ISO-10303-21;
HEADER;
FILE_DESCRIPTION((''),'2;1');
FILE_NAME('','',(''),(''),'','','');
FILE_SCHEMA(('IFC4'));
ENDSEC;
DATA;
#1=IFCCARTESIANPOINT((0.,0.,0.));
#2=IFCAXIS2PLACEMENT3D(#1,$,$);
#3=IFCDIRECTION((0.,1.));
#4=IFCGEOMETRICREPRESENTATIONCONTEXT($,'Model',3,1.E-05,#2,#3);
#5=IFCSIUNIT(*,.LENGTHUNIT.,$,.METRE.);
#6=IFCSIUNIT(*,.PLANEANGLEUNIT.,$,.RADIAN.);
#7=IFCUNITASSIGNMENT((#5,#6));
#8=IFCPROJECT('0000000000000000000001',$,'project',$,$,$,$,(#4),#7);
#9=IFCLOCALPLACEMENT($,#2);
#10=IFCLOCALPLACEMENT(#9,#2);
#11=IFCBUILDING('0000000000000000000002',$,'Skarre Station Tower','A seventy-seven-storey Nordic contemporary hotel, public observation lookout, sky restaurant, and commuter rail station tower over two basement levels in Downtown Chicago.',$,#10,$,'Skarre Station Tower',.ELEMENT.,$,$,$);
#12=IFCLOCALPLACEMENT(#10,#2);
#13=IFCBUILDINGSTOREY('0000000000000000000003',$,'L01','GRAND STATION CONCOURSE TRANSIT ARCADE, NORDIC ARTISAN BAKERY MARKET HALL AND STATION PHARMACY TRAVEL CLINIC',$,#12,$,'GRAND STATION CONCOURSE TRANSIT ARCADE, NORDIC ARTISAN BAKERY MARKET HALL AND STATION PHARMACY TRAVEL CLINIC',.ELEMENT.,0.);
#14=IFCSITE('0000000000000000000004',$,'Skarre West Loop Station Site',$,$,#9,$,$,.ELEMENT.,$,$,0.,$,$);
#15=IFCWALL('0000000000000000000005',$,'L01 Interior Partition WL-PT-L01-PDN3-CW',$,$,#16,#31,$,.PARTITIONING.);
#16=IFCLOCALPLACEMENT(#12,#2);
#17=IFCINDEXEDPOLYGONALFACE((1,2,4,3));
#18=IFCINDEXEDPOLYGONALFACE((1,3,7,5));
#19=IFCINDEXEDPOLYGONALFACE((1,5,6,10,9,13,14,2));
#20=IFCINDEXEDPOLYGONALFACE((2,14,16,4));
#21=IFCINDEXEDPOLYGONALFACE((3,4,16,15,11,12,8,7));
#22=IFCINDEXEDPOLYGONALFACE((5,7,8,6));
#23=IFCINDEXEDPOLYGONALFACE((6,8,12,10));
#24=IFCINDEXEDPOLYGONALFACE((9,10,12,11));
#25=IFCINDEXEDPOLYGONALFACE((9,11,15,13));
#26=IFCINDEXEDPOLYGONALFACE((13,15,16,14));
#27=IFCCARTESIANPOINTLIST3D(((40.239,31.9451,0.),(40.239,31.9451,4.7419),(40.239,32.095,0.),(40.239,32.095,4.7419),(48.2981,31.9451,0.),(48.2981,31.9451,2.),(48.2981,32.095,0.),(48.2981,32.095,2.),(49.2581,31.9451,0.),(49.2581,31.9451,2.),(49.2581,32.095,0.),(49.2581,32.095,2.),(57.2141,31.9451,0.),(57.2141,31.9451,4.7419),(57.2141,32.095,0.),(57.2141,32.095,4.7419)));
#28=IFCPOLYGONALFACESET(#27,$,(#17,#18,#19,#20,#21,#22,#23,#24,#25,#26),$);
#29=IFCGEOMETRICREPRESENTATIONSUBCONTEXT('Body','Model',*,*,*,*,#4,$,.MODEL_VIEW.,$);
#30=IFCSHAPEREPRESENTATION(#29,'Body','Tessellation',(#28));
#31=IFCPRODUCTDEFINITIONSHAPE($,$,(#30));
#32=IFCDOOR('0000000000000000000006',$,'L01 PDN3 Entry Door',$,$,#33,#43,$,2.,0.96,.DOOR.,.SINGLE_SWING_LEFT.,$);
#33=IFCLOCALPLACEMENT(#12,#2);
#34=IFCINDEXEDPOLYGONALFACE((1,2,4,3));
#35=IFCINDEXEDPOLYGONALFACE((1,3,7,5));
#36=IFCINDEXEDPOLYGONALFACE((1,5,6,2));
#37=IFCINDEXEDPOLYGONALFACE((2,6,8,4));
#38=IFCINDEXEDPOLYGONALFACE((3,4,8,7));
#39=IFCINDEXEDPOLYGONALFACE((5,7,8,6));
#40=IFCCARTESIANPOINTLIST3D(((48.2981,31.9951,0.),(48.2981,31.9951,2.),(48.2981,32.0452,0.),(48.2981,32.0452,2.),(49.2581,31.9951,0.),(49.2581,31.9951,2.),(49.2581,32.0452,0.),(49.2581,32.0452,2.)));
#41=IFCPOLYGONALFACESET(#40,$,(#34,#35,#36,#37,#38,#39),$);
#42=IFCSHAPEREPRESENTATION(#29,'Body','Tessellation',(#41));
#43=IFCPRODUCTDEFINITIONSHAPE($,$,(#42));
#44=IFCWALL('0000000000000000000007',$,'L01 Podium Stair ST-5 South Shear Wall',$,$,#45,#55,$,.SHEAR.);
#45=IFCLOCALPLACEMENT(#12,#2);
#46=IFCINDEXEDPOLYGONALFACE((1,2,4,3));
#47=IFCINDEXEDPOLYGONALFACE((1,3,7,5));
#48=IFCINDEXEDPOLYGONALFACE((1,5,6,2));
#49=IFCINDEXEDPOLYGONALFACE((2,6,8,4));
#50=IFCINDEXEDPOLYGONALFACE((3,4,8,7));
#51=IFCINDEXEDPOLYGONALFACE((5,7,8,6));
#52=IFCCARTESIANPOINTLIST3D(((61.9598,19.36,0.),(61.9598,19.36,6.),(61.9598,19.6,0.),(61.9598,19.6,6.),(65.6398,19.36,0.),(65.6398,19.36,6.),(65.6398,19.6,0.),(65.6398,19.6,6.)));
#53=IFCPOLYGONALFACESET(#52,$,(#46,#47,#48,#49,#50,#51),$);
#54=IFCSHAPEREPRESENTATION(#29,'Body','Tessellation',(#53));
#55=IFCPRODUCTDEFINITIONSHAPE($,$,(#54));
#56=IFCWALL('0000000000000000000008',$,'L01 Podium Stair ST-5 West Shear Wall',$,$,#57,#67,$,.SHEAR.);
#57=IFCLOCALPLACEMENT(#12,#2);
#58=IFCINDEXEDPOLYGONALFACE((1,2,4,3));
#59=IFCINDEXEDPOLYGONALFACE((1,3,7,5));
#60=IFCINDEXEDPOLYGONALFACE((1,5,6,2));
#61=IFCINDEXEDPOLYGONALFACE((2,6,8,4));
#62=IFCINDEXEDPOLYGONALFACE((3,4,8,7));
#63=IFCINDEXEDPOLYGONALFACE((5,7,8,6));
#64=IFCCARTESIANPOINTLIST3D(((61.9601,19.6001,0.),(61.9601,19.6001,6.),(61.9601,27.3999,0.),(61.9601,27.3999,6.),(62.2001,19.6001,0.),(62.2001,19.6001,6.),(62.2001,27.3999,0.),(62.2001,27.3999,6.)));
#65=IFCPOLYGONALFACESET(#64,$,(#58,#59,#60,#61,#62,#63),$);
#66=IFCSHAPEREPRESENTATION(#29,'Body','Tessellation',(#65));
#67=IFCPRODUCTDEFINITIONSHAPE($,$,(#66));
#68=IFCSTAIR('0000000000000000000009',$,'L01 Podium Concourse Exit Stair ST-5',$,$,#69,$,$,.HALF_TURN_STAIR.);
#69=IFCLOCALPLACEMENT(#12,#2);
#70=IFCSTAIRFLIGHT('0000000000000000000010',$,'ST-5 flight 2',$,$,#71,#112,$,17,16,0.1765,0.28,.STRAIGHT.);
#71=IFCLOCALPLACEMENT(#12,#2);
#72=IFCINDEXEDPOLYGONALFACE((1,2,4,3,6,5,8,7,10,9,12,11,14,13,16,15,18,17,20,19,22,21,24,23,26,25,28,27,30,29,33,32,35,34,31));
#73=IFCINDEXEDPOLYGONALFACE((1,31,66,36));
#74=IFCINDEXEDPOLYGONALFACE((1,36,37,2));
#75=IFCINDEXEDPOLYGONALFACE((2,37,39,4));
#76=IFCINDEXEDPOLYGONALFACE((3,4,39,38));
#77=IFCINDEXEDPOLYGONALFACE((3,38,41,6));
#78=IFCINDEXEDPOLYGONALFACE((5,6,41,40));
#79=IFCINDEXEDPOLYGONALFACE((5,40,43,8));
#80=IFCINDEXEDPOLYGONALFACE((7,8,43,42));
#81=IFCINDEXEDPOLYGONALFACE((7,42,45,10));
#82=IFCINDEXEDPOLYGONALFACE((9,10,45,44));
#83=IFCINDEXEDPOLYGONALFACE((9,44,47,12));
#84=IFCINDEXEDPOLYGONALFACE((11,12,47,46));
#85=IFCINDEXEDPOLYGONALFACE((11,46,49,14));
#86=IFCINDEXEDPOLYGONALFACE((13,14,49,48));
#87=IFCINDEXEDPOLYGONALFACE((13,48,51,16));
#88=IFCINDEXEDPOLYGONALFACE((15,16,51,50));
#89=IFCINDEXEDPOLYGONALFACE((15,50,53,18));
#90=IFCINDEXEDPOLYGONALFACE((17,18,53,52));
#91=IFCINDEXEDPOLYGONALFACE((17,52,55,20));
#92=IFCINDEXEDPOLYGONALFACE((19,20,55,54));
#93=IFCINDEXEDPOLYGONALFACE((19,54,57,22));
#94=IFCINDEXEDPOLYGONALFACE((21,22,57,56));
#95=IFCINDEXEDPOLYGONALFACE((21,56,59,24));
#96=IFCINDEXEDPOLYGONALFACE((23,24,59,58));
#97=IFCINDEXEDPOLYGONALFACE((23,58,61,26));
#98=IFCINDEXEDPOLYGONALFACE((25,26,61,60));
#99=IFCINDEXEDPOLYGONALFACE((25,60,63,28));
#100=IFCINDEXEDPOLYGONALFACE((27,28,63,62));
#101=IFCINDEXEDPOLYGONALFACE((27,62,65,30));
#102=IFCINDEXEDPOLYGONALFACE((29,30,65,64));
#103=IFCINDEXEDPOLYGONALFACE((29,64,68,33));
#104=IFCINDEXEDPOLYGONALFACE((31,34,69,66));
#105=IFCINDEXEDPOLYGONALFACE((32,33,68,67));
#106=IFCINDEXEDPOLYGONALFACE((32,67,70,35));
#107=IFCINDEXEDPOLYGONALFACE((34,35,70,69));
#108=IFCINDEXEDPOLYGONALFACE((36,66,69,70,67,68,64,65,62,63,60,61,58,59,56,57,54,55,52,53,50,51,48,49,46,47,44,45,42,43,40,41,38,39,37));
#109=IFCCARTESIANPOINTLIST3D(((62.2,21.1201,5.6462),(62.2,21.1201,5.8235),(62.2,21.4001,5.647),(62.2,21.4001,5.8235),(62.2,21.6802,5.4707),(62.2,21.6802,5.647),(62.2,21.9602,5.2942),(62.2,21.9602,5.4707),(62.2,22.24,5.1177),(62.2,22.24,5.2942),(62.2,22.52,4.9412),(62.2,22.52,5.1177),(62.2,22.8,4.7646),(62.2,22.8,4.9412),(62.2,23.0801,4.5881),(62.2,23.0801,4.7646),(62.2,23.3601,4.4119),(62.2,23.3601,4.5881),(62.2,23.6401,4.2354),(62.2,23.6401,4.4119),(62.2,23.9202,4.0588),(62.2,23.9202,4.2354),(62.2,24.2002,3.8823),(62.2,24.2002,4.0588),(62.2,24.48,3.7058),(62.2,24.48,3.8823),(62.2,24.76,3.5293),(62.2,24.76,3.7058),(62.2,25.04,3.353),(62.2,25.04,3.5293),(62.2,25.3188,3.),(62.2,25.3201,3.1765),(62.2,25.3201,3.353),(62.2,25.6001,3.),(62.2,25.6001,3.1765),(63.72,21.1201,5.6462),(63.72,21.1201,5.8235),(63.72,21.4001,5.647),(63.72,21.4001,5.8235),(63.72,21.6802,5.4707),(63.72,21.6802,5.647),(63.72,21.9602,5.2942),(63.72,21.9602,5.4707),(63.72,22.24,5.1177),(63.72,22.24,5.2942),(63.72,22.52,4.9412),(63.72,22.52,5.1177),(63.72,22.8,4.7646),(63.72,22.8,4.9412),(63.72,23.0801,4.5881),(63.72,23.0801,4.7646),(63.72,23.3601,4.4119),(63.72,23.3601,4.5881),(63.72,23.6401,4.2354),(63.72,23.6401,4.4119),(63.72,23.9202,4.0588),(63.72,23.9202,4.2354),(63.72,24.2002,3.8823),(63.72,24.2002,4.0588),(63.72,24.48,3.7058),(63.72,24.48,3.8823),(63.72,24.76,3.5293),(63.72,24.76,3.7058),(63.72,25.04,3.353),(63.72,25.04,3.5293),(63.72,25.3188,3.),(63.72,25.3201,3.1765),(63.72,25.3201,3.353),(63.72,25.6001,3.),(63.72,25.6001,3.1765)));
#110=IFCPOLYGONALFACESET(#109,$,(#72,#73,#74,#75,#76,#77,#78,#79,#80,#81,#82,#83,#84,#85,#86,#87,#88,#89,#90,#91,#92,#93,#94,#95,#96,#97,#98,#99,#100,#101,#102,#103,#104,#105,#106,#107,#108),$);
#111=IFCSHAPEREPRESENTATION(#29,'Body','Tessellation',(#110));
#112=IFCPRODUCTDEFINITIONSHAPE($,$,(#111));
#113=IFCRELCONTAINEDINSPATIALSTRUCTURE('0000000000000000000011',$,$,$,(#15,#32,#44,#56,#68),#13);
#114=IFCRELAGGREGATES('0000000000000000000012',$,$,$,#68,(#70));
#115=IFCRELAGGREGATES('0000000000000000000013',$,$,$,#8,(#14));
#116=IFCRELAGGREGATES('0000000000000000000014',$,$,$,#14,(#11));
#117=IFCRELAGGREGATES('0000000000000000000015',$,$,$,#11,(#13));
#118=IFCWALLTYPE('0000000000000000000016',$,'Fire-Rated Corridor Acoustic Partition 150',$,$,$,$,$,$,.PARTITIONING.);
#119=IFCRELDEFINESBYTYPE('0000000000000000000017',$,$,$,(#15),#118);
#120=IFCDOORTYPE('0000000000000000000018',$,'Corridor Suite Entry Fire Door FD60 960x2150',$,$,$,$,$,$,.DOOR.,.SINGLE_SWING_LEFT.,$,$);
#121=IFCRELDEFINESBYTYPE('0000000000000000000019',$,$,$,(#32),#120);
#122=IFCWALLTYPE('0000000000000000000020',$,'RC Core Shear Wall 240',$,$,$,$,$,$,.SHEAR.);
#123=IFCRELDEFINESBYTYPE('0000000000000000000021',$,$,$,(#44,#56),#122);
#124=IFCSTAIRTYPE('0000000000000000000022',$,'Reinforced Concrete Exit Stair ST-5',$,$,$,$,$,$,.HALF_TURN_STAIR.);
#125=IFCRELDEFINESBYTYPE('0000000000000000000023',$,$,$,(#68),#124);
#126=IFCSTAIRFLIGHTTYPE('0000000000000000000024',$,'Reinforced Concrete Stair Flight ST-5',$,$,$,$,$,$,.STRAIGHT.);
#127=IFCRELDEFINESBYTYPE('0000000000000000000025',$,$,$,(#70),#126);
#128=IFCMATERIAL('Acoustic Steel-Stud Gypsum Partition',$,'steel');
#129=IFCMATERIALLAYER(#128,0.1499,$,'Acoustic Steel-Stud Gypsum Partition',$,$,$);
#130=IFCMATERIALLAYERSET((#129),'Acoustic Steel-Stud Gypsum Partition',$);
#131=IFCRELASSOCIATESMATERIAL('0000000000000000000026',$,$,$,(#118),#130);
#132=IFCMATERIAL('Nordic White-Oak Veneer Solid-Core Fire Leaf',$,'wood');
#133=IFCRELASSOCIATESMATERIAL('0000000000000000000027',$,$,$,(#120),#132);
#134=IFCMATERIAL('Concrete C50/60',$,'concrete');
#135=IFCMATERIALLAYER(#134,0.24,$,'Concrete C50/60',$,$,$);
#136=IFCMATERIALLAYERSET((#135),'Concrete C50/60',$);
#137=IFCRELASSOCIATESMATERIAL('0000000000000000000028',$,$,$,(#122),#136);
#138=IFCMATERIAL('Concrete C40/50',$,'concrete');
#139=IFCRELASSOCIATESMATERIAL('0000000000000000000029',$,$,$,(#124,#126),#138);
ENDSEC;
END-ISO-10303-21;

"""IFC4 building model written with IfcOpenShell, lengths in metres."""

from ifc_helpers import new_model, si_unit, direction, frame, frame_2d, origin, place, context, subcontext, project, spatial, polyline, rectangle, outline, extrude, material, layer, layer_set, type_object, element, fill, aggregate, save


model = new_model("IFC4")

# Units and contexts
model_context = context("Model", 3, precision=1e-05, world=origin(), true_north=direction((0.0, 1.0)))
body_context = subcontext(model_context, "Body", "Model", "MODEL_VIEW")
ifc_project = project(units=[si_unit("LENGTHUNIT", "METRE"), si_unit("PLANEANGLEUNIT", "RADIAN")], contexts=[model_context])

# Site, building, storey
site_placement = place(None, origin())
site = spatial("IfcSite", under=ifc_project, at=site_placement, Name="Skarre West Loop Station Site", CompositionType="ELEMENT", RefElevation=0.0)
building_placement = place(site_placement, origin())
building = spatial("IfcBuilding", under=site, at=building_placement, Name="Skarre Station Tower", Description="A seventy-seven-storey Nordic contemporary hotel, public observation lookout, sky restaurant, and commuter rail station tower over two basement levels in Downtown Chicago.", LongName="Skarre Station Tower", CompositionType="ELEMENT")
storey_placement = place(building_placement, origin())
storey = spatial("IfcBuildingStorey", under=building, at=storey_placement, Name="L01", Description="GRAND STATION CONCOURSE TRANSIT ARCADE, NORDIC ARTISAN BAKERY MARKET HALL AND STATION PHARMACY TRAVEL CLINIC", LongName="GRAND STATION CONCOURSE TRANSIT ARCADE, NORDIC ARTISAN BAKERY MARKET HALL AND STATION PHARMACY TRAVEL CLINIC", CompositionType="ELEMENT", Elevation=0.0)

# Wall, opening, door
ifc_material_1 = material(Name="Acoustic Steel-Stud Gypsum Partition", Category="steel")
ifc_layer_1 = layer(ifc_material_1, 0.1499, Name="Acoustic Steel-Stud Gypsum Partition")
ifc_layer_set_1 = layer_set([ifc_layer_1], Name="Acoustic Steel-Stud Gypsum Partition")
wall_type_1 = type_object("IfcWallType", Name="Fire-Rated Corridor Acoustic Partition 150", PredefinedType="PARTITIONING", material=ifc_layer_set_1)
wall_1_placement = place(storey_placement, frame((57.2141, 32.02, 0.0), z_axis=(0.0, 0.0, 1.0), x_axis=(-1.0, 0.0, 0.0)))
wall_1 = element("IfcWall", 1, at=wall_1_placement, inside=storey, type_object=wall_type_1, Name="L01 Interior Partition WL-PT-L01-PDN3-CW", PredefinedType="PARTITIONING", context=body_context, shape_type="SweptSolid", body=[
    extrude(rectangle(XDim=16.9751, YDim=0.1499, at=frame_2d((8.4875, 0.0))), origin(), (0.0, 0.0, 1.0), 4.7419),
])
opening_placement = place(wall_1_placement, frame((7.9561, 0.0, 0.0)))
opening = element("IfcOpeningElement", 2, at=opening_placement, cuts=wall_1, PredefinedType="OPENING", context=body_context, shape_type="SweptSolid", body=[
    extrude(rectangle(XDim=0.96, YDim=2.0, at=frame_2d((0.48, 1.0))), frame((0.0, 0.085, 0.0), z_axis=(0.0, -1.0, 0.0), x_axis=(1.0, 0.0, 0.0)), (0.0, 0.0, 1.0), 0.1699),
])
ifc_material_2 = material(Name="Nordic White-Oak Veneer Solid-Core Fire Leaf", Category="wood")
door_type = type_object("IfcDoorType", Name="Corridor Suite Entry Fire Door FD60 960x2150", OperationType="SINGLE_SWING_LEFT", PredefinedType="DOOR", material=ifc_material_2)
door_placement = place(opening_placement, origin())
door = element("IfcDoor", 3, at=door_placement, inside=storey, type_object=door_type, Name="L01 PDN3 Entry Door", OperationType="SINGLE_SWING_LEFT", OverallHeight=2.0, OverallWidth=0.96, PredefinedType="DOOR", context=body_context, shape_type="SweptSolid", body=[
    extrude(rectangle(XDim=0.96, YDim=2.0, at=frame_2d((0.48, 1.0))), frame((0.0, 0.0249, 0.0), z_axis=(0.0, -1.0, 0.0), x_axis=(1.0, 0.0, 0.0)), (0.0, 0.0, 1.0), 0.05),
])
fill(opening, door)

# Walls
ifc_material_3 = material(Name="Concrete C50/60", Category="concrete")
ifc_layer_2 = layer(ifc_material_3, 0.24, Name="Concrete C50/60")
ifc_layer_set_2 = layer_set([ifc_layer_2], Name="Concrete C50/60")
wall_type_2 = type_object("IfcWallType", Name="RC Core Shear Wall 240", PredefinedType="SHEAR", material=ifc_layer_set_2)
wall_2_placement = place(storey_placement, frame((61.96, 19.48, 0.0), z_axis=(0.0, 0.0, 1.0), x_axis=(1.0, 0.0, 0.0)))
element("IfcWall", 4, at=wall_2_placement, inside=storey, type_object=wall_type_2, Name="L01 Podium Stair ST-5 South Shear Wall", PredefinedType="SHEAR", context=body_context, shape_type="SweptSolid", body=[
    extrude(rectangle(XDim=3.6799, YDim=0.24, at=frame_2d((1.8398, 0.0))), origin(), (0.0, 0.0, 1.0), 6.0),
])
wall_3_placement = place(storey_placement, frame((62.0801, 27.3999, 0.0), z_axis=(0.0, 0.0, 1.0), x_axis=(0.0, -1.0, 0.0)))
element("IfcWall", 5, at=wall_3_placement, inside=storey, type_object=wall_type_2, Name="L01 Podium Stair ST-5 West Shear Wall", PredefinedType="SHEAR", context=body_context, shape_type="SweptSolid", body=[
    extrude(rectangle(XDim=7.7998, YDim=0.24, at=frame_2d((3.8999, 0.0))), origin(), (0.0, 0.0, 1.0), 6.0),
])

# Stair, stair flight
ifc_material_4 = material(Name="Concrete C40/50", Category="concrete")
stair_type = type_object("IfcStairType", Name="Reinforced Concrete Exit Stair ST-5", PredefinedType="HALF_TURN_STAIR", material=ifc_material_4)
stair_placement = place(storey_placement, origin())
stair = element("IfcStair", 6, at=stair_placement, inside=storey, type_object=stair_type, Name="L01 Podium Concourse Exit Stair ST-5", PredefinedType="HALF_TURN_STAIR")
stair_flight_type = type_object("IfcStairFlightType", Name="Reinforced Concrete Stair Flight ST-5", PredefinedType="STRAIGHT", material=ifc_material_4)
stair_flight_placement = place(storey_placement, frame((62.96, 25.6001, 3.0), z_axis=(0.0, 0.0, 1.0), x_axis=(0.0, -1.0, 0.0)))
stair_flight = element("IfcStairFlight", 7, at=stair_flight_placement, type_object=stair_flight_type, Name="ST-5 flight 2", NumberOfRisers=17, NumberOfTreads=16, PredefinedType="STRAIGHT", RiserHeight=0.1765, TreadLength=0.28, context=body_context, shape_type="SweptSolid", body=[
    extrude(outline(polyline([(0.0, 0.0), (0.0, 0.1765), (0.28, 0.1765), (0.28, 0.353), (0.5601, 0.353), (0.5601, 0.5293), (0.8401, 0.5293), (0.8401, 0.7058), (1.1201, 0.7058), (1.1201, 0.8823), (1.3999, 0.8823), (1.3999, 1.0588), (1.6799, 1.0588), (1.6799, 1.2354), (1.96, 1.2354), (1.96, 1.4119), (2.24, 1.4119), (2.24, 1.5881), (2.52, 1.5881), (2.52, 1.7646), (2.8, 1.7646), (2.8, 1.9412), (3.0801, 1.9412), (3.0801, 2.1177), (3.3601, 2.1177), (3.3601, 2.2942), (3.6399, 2.2942), (3.6399, 2.4707), (3.9199, 2.4707), (3.9199, 2.647), (4.2, 2.647), (4.2, 2.8235), (4.48, 2.8235), (4.48, 3.0), (4.48, 2.6462), (0.2812, 0.0), (0.0, 0.0)])), frame((0.0, 0.76, 0.0), z_axis=(0.0, -1.0, 0.0), x_axis=(1.0, 0.0, 0.0)), (0.0, 0.0, 1.0), 1.52),
])
aggregate(stair, [stair_flight])

save(model, "model.ifc")
